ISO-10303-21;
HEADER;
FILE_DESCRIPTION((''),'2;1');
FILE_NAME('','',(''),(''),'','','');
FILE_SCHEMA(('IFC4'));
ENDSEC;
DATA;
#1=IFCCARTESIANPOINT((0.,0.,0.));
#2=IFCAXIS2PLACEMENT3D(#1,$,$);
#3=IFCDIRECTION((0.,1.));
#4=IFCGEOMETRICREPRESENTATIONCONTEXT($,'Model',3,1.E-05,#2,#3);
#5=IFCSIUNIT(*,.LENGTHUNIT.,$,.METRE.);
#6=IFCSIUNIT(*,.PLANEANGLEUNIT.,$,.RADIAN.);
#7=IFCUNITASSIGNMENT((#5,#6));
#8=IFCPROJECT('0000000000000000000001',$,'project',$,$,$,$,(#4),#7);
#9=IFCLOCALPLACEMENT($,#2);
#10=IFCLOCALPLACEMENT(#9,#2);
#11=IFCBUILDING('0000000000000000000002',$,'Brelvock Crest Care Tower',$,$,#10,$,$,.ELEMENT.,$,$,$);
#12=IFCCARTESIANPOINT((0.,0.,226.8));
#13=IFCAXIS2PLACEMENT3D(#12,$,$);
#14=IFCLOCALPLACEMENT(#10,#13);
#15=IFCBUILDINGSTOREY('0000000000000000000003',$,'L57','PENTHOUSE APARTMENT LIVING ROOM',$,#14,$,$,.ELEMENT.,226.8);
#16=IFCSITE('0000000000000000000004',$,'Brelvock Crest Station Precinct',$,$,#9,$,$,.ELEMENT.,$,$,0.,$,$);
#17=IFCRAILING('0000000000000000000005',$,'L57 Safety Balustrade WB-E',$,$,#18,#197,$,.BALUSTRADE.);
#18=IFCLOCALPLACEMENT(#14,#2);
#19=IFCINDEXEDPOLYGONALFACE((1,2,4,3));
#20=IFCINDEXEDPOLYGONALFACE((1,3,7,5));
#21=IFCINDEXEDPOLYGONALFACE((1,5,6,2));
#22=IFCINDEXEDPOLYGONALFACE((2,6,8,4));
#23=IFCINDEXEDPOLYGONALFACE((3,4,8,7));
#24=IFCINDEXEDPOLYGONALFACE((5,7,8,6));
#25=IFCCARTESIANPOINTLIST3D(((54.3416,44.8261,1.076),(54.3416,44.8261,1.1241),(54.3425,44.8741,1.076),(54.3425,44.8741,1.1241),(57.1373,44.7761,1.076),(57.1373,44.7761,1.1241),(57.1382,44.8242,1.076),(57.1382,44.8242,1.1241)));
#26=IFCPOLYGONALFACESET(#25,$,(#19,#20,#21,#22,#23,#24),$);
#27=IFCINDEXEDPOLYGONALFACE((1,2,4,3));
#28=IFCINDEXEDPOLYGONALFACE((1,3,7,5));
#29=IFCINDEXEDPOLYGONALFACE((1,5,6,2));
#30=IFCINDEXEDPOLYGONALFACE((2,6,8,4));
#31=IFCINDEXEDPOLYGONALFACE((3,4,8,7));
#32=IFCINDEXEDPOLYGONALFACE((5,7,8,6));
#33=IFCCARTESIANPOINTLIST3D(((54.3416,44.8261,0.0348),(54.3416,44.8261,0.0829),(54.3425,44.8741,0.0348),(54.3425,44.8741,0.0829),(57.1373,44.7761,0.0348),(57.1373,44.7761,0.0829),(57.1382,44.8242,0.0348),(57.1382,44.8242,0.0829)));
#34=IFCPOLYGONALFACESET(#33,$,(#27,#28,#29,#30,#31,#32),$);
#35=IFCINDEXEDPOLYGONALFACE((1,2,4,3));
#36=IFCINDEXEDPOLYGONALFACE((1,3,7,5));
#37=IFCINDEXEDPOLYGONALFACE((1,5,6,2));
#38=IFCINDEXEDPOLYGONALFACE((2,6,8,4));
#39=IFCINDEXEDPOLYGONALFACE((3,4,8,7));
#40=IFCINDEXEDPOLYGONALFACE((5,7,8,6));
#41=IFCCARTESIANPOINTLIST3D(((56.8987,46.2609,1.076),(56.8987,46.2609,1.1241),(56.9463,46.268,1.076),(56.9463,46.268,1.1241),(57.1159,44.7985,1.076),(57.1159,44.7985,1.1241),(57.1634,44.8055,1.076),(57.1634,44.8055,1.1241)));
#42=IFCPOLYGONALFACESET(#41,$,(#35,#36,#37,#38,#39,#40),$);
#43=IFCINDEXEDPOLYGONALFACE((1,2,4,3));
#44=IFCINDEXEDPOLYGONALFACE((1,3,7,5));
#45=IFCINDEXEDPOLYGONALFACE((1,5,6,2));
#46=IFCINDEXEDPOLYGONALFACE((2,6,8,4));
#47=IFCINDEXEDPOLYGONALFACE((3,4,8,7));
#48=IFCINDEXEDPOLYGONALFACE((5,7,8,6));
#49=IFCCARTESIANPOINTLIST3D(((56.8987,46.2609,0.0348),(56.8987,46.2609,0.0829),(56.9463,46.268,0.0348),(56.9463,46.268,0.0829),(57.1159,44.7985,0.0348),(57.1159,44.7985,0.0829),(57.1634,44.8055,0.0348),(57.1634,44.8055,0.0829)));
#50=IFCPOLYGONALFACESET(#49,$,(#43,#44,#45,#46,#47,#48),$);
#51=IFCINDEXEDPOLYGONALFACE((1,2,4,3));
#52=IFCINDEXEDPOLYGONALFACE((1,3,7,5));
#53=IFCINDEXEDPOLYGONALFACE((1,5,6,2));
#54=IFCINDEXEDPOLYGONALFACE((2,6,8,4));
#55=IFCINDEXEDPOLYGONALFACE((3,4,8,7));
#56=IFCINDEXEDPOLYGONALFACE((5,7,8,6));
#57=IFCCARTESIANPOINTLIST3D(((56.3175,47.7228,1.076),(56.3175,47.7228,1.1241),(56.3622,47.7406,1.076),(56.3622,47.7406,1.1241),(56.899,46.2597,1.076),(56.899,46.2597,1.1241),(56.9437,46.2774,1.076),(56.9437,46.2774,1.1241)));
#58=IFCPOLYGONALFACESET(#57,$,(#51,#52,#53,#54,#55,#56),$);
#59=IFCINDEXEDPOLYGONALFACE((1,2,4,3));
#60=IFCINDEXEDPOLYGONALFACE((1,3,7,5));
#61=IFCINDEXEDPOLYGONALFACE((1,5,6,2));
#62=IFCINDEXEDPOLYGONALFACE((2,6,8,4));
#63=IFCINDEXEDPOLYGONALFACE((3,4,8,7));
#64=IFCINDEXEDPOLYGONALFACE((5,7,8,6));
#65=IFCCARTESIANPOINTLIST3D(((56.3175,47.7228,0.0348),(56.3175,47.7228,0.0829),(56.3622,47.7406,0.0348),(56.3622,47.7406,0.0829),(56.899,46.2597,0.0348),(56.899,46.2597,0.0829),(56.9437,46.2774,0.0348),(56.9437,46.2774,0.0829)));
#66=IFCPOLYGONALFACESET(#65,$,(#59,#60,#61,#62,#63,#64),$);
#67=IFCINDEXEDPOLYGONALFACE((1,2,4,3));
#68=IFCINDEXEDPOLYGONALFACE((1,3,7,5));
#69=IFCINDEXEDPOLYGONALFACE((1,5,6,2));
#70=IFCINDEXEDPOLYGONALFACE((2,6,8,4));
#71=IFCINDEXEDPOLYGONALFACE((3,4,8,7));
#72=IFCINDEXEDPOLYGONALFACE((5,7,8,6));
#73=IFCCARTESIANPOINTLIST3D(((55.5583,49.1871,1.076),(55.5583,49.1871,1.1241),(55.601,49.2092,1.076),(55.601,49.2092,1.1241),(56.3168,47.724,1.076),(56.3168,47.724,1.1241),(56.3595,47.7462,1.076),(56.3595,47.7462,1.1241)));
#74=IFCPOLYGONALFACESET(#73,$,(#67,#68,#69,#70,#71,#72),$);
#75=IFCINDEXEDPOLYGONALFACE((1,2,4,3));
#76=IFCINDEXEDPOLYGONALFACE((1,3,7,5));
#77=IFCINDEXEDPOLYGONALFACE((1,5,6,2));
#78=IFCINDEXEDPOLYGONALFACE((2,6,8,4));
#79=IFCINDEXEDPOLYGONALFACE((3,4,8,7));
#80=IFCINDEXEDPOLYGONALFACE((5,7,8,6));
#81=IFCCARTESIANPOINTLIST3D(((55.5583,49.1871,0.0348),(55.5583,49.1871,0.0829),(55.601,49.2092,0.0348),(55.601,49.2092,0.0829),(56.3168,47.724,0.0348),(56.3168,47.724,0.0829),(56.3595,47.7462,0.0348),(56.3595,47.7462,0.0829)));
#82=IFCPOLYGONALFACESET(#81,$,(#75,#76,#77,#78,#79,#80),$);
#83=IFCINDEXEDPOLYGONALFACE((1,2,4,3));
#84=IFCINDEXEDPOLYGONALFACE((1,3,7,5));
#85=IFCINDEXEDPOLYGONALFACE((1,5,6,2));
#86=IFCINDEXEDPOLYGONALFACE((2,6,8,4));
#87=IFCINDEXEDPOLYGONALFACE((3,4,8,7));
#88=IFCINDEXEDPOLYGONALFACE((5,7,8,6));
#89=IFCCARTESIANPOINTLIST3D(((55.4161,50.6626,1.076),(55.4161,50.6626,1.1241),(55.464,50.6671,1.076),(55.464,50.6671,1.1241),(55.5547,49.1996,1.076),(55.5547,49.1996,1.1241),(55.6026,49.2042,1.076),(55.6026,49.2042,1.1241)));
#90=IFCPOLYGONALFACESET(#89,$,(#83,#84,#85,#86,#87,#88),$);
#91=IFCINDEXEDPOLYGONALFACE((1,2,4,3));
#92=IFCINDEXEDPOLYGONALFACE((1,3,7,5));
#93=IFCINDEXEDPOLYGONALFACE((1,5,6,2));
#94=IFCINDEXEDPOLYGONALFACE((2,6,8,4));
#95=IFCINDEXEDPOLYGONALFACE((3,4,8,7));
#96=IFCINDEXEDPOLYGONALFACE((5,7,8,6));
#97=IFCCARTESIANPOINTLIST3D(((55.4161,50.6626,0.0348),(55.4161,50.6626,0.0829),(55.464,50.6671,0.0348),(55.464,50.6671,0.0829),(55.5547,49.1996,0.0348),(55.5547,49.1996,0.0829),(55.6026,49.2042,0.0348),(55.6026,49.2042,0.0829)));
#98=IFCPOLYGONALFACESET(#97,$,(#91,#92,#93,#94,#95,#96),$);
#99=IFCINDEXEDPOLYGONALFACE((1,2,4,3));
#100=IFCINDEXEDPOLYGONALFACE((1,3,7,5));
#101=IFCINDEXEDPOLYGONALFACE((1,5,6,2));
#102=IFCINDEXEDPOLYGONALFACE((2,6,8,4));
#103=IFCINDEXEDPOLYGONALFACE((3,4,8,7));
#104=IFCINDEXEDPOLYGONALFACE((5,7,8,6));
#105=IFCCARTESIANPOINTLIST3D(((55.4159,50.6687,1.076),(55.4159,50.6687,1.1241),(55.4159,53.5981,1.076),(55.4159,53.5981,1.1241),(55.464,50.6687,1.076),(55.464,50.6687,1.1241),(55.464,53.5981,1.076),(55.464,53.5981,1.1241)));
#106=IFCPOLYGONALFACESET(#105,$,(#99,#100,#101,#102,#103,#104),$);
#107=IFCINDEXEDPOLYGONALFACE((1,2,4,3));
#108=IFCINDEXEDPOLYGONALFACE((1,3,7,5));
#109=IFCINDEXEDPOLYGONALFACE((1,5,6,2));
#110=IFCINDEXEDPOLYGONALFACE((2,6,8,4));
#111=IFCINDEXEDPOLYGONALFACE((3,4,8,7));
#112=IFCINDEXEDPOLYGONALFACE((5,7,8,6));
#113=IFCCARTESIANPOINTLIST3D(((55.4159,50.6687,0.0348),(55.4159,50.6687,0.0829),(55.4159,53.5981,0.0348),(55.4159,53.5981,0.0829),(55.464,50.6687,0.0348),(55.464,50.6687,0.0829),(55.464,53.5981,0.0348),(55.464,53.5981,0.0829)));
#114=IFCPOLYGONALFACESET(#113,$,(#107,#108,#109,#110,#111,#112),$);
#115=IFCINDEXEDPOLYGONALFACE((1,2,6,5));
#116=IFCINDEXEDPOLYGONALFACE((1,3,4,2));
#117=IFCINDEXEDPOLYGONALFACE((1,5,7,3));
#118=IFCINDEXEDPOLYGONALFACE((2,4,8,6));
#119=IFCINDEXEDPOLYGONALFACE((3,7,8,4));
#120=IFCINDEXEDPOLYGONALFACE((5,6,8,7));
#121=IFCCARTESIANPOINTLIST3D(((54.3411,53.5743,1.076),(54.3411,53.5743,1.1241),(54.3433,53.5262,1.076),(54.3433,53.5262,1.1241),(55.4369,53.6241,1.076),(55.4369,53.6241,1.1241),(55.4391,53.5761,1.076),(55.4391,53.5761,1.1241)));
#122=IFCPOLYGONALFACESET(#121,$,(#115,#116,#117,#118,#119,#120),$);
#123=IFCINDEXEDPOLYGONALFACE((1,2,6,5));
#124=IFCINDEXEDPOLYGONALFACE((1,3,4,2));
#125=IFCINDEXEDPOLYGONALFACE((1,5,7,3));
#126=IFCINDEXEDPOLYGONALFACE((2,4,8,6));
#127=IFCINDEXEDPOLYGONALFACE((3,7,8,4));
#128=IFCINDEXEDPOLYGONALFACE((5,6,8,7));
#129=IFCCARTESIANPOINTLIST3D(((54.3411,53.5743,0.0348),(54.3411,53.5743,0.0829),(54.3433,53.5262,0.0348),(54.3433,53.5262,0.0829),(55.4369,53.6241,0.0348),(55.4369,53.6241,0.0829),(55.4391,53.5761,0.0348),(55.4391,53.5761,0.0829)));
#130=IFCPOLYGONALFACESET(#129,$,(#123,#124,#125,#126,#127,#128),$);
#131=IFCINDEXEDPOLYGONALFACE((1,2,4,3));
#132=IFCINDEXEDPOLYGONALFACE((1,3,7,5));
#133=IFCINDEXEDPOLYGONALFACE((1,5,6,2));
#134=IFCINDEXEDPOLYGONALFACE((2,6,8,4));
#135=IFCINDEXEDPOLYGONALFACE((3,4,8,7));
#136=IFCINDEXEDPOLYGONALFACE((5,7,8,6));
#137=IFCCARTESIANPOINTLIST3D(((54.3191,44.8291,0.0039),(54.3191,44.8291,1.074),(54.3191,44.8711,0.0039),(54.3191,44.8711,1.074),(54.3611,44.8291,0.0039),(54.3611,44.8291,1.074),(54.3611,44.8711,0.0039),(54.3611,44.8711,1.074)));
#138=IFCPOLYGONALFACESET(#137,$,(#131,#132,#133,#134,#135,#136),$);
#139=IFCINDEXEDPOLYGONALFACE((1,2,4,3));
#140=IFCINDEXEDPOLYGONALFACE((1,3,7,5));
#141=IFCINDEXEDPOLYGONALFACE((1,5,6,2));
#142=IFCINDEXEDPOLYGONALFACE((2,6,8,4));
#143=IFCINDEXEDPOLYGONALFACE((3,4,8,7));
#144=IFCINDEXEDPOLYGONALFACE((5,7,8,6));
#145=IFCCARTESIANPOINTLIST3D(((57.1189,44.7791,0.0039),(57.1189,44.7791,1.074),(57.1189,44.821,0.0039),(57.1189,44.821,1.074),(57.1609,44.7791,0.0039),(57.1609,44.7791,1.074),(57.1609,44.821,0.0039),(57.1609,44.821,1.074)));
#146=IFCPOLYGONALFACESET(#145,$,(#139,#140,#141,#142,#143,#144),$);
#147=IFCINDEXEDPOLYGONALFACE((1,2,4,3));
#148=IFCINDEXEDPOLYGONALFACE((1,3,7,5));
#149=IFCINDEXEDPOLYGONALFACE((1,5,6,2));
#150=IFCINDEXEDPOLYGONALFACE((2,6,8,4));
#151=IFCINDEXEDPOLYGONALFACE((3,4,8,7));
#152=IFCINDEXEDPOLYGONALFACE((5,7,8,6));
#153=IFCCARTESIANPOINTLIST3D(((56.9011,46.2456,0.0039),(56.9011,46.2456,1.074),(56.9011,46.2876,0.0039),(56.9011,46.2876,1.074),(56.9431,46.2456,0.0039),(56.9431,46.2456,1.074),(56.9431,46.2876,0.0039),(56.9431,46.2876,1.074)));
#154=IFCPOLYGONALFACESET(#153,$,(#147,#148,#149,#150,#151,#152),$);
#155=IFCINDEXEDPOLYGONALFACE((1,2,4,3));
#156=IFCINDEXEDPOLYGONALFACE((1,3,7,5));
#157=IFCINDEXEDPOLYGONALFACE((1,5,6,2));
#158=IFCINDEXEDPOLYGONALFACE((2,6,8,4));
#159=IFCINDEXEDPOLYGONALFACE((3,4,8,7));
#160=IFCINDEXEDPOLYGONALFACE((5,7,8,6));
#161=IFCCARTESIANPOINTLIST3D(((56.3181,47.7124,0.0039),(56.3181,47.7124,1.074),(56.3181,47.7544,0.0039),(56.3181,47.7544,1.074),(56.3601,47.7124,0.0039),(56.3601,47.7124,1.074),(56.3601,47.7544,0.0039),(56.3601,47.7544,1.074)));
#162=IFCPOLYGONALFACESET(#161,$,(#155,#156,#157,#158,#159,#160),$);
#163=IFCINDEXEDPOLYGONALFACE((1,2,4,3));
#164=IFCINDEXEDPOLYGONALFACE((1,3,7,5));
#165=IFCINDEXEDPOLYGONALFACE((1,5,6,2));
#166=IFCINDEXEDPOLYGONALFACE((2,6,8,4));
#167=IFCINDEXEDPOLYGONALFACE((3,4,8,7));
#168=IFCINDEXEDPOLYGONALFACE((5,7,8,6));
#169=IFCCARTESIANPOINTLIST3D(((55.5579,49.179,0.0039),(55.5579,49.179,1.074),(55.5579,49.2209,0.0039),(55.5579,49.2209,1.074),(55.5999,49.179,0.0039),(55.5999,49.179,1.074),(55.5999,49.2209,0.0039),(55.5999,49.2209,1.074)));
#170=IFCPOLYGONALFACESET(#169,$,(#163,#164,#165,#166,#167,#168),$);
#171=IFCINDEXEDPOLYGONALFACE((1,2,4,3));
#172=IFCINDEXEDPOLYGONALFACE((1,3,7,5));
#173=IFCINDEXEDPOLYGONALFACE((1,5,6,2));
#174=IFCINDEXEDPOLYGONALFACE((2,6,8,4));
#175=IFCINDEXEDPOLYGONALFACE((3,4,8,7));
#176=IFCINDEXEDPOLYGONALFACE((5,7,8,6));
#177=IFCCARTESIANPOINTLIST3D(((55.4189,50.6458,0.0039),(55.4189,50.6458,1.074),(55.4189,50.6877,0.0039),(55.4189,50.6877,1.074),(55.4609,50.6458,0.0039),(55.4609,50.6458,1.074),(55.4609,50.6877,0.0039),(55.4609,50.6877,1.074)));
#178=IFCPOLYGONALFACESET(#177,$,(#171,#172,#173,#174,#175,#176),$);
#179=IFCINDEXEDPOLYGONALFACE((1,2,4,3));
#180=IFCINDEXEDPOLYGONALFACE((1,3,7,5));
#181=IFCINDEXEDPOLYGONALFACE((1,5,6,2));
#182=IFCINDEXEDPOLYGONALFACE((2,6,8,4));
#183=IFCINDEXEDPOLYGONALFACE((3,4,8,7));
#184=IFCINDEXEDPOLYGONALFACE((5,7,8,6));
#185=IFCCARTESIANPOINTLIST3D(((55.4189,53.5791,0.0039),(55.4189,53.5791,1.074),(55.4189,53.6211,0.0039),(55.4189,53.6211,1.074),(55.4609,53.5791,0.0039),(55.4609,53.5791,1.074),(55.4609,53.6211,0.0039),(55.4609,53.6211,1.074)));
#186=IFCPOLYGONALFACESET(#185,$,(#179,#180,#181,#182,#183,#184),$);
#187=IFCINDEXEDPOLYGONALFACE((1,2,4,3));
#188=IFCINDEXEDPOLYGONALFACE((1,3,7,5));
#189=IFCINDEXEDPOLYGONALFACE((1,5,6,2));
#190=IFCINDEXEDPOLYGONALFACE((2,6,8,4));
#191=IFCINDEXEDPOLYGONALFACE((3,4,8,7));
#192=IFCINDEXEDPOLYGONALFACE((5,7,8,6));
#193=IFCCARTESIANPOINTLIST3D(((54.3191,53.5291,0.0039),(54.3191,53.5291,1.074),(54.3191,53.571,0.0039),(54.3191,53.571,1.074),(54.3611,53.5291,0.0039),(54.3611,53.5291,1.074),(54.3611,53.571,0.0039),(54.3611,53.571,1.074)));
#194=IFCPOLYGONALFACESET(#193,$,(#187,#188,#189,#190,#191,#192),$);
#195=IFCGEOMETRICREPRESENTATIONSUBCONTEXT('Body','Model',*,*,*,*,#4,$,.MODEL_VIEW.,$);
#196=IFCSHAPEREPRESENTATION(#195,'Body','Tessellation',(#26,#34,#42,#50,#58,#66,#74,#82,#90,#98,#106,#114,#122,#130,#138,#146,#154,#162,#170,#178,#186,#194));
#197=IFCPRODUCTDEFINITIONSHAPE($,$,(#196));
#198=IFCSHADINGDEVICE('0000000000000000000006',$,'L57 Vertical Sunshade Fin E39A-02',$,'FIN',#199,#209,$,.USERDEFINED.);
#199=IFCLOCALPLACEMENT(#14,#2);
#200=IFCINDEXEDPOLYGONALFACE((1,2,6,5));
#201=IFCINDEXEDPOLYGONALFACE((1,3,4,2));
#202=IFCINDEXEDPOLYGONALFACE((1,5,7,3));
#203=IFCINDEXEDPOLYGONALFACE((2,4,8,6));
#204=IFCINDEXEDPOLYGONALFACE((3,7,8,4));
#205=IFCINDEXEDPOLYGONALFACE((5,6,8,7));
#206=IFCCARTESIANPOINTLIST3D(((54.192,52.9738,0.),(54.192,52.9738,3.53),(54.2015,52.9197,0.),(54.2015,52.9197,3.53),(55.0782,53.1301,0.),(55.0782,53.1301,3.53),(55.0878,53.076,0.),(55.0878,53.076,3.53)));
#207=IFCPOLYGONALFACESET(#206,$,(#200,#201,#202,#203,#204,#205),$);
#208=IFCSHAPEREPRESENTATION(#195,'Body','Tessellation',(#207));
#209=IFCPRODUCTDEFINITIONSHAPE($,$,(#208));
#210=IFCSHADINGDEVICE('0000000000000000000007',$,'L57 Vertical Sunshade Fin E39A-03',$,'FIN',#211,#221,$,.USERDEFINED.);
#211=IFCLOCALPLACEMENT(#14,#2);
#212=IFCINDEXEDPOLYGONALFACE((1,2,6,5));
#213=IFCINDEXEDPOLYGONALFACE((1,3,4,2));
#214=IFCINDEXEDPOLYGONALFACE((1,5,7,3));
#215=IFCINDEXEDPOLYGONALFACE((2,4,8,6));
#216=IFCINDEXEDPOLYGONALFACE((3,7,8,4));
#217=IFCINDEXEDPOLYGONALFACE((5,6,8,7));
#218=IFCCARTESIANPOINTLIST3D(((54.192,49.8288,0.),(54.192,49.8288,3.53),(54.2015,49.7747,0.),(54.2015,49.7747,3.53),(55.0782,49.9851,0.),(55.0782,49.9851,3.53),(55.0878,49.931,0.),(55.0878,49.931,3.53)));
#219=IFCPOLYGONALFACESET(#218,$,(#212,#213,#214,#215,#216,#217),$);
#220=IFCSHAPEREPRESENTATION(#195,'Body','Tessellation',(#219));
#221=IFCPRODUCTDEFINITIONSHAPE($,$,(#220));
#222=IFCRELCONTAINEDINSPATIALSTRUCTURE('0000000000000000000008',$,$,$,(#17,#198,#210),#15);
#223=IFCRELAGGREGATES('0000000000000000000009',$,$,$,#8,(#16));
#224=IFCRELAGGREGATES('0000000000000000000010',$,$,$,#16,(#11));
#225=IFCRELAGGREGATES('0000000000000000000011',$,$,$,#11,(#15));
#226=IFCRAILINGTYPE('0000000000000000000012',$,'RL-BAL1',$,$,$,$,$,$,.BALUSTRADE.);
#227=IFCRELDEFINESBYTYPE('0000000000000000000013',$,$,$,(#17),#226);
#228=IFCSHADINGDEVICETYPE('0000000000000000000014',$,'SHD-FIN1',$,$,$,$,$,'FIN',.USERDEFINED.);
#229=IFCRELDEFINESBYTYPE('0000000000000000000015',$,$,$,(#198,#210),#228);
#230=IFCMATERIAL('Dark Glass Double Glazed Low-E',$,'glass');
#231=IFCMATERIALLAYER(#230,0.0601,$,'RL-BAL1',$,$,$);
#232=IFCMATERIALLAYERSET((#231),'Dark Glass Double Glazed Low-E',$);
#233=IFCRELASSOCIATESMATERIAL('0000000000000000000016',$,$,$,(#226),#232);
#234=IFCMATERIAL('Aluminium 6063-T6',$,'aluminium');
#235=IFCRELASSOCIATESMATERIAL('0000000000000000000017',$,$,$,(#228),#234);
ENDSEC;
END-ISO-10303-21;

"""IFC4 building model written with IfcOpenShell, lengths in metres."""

from ifc_helpers import new_model, si_unit, direction, frame, origin, origin_2d, place, context, subcontext, project, spatial, rectangle, extrude, source, transform, mapped, material, layer, layer_set, material_profile, profile_set, type_object, element, save


model = new_model("IFC4")

# Units and contexts
model_context = context("Model", 3, precision=1e-05, world=origin(), true_north=direction((0.0, 1.0)))
body_context = subcontext(model_context, "Body", "Model", "MODEL_VIEW")
ifc_project = project(units=[si_unit("LENGTHUNIT", "METRE"), si_unit("PLANEANGLEUNIT", "RADIAN")], contexts=[model_context])

# Site, building, storey
site_placement = place(None, origin())
site = spatial("IfcSite", under=ifc_project, at=site_placement, Name="Brelvock Crest Station Precinct", CompositionType="ELEMENT", RefElevation=0.0)
building_placement = place(site_placement, origin())
building = spatial("IfcBuilding", under=site, at=building_placement, Name="Brelvock Crest Care Tower", CompositionType="ELEMENT")
storey_placement = place(building_placement, frame((0.0, 0.0, 226.8)))
storey = spatial("IfcBuildingStorey", under=building, at=storey_placement, Name="L57", Description="PENTHOUSE APARTMENT LIVING ROOM", CompositionType="ELEMENT", Elevation=226.8)

# Shared definitions
ifc_material_1 = material(Name="Dark Glass Double Glazed Low-E", Category="glass")
ifc_material_2 = material(Name="Aluminium 6063-T6", Category="aluminium")

# Railing
ifc_layer_1 = layer(ifc_material_1, 0.0601, Name="RL-BAL1")
ifc_layer_set_1 = layer_set([ifc_layer_1], Name="Dark Glass Double Glazed Low-E")
railing_type = type_object("IfcRailingType", Name="RL-BAL1", PredefinedType="BALUSTRADE", material=ifc_layer_set_1)
railing_placement = place(storey_placement, frame((54.3401, 44.8501, 0.0039)))
element("IfcRailing", 1, at=railing_placement, inside=storey, type_object=railing_type, Name="L57 Safety Balustrade WB-E", PredefinedType="BALUSTRADE", context=body_context, shape_type="SweptSolid", body=[
    extrude(rectangle(XDim=0.0481, YDim=0.0481, at=origin_2d()), frame((0.002, 0.0, 1.0962), z_axis=(0.99984, -0.017873, 0.0), x_axis=(0.017873, 0.99984, 0.0)), (0.0, 0.0, 1.0), 2.7961),
    extrude(rectangle(XDim=0.0481, YDim=0.0481, at=origin_2d()), frame((0.002, 0.0, 0.0549), z_axis=(0.99984, -0.017873, 0.0), x_axis=(0.017873, 0.99984, 0.0)), (0.0, 0.0, 1.0), 2.7961),
    extrude(rectangle(XDim=0.0481, YDim=0.0481, at=origin_2d()), frame((2.7996, -0.0481, 1.0962), z_axis=(-0.146883, 0.989154, 0.0), x_axis=(-0.989154, -0.146883, 0.0)), (0.0, 0.0, 1.0), 1.4785),
    extrude(rectangle(XDim=0.0481, YDim=0.0481, at=origin_2d()), frame((2.7996, -0.0481, 0.0549), z_axis=(-0.146883, 0.989154, 0.0), x_axis=(-0.989154, -0.146883, 0.0)), (0.0, 0.0, 1.0), 1.4785),
    extrude(rectangle(XDim=0.0481, YDim=0.0481, at=origin_2d()), frame((2.5813, 1.4185, 1.0962), z_axis=(-0.369363, 0.929285, 0.0), x_axis=(-0.929285, -0.369363, 0.0)), (0.0, 0.0, 1.0), 1.5745),
    extrude(rectangle(XDim=0.0481, YDim=0.0481, at=origin_2d()), frame((2.5813, 1.4185, 0.0549), z_axis=(-0.369363, 0.929285, 0.0), x_axis=(-0.929285, -0.369363, 0.0)), (0.0, 0.0, 1.0), 1.5745),
    extrude(rectangle(XDim=0.0481, YDim=0.0481, at=origin_2d()), frame((1.998, 2.885, 1.0962), z_axis=(-0.460231, 0.887799, 0.0), x_axis=(-0.887799, -0.460231, 0.0)), (0.0, 0.0, 1.0), 1.6479),
    extrude(rectangle(XDim=0.0481, YDim=0.0481, at=origin_2d()), frame((1.998, 2.885, 0.0549), z_axis=(-0.460231, 0.887799, 0.0), x_axis=(-0.887799, -0.460231, 0.0)), (0.0, 0.0, 1.0), 1.6479),
    extrude(rectangle(XDim=0.0481, YDim=0.0481, at=origin_2d()), frame((1.2385, 4.3518, 1.0962), z_axis=(-0.094285, 0.995545, 0.0), x_axis=(-0.995545, -0.094285, 0.0)), (0.0, 0.0, 1.0), 1.4695),
    extrude(rectangle(XDim=0.0481, YDim=0.0481, at=origin_2d()), frame((1.2385, 4.3518, 0.0549), z_axis=(-0.094285, 0.995545, 0.0), x_axis=(-0.995545, -0.094285, 0.0)), (0.0, 0.0, 1.0), 1.4695),
    extrude(rectangle(XDim=0.0481, YDim=0.0481, at=origin_2d()), frame((1.0999, 5.8186, 1.0962), z_axis=(0.0, 1.0, 0.0), x_axis=(-1.0, 0.0, 0.0)), (0.0, 0.0, 1.0), 2.9294),
    extrude(rectangle(XDim=0.0481, YDim=0.0481, at=origin_2d()), frame((1.0999, 5.8186, 0.0549), z_axis=(0.0, 1.0, 0.0), x_axis=(-1.0, 0.0, 0.0)), (0.0, 0.0, 1.0), 2.9294),
    extrude(rectangle(XDim=0.0481, YDim=0.0481, at=origin_2d()), frame((1.0979, 8.75, 1.0962), z_axis=(-0.998966, -0.045458, 0.0), x_axis=(0.045458, -0.998966, 0.0)), (0.0, 0.0, 1.0), 1.0969),
    extrude(rectangle(XDim=0.0481, YDim=0.0481, at=origin_2d()), frame((1.0979, 8.75, 0.0549), z_axis=(-0.998966, -0.045458, 0.0), x_axis=(0.045458, -0.998966, 0.0)), (0.0, 0.0, 1.0), 1.0969),
    extrude(rectangle(XDim=0.042, YDim=0.042, at=origin_2d()), origin(), (0.0, 0.0, 1.0), 1.0701),
    extrude(rectangle(XDim=0.042, YDim=0.042, at=origin_2d()), frame((2.7998, -0.05, 0.0)), (0.0, 0.0, 1.0), 1.0701),
    extrude(rectangle(XDim=0.042, YDim=0.042, at=origin_2d()), frame((2.582, 1.4165, 0.0)), (0.0, 0.0, 1.0), 1.0701),
    extrude(rectangle(XDim=0.042, YDim=0.042, at=origin_2d()), frame((1.999, 2.8833, 0.0)), (0.0, 0.0, 1.0), 1.0701),
    extrude(rectangle(XDim=0.042, YDim=0.042, at=origin_2d()), frame((1.2388, 4.3499, 0.0)), (0.0, 0.0, 1.0), 1.0701),
    extrude(rectangle(XDim=0.042, YDim=0.042, at=origin_2d()), frame((1.0999, 5.8167, 0.0)), (0.0, 0.0, 1.0), 1.0701),
    extrude(rectangle(XDim=0.042, YDim=0.042, at=origin_2d()), frame((1.0999, 8.75, 0.0)), (0.0, 0.0, 1.0), 1.0701),
    extrude(rectangle(XDim=0.042, YDim=0.042, at=origin_2d()), frame((0.0, 8.7, 0.0)), (0.0, 0.0, 1.0), 1.0701),
])

# Shading devices
ifc_material_profile_1 = material_profile(ifc_material_2, rectangle(XDim=0.0549, YDim=0.8999, at=origin_2d()), Name="FIN55x900")
ifc_profile_set_1 = profile_set([ifc_material_profile_1], Name="Aluminium 6063-T6")
shading_device_type = type_object("IfcShadingDeviceType", Name="SHD-FIN1", ElementType="FIN", PredefinedType="USERDEFINED", material=ifc_profile_set_1)
shared_shape_1 = source(origin(), body_context, "Body", "SweptSolid", [
    extrude(rectangle(XDim=0.0549, YDim=0.8999, at=origin_2d()), origin(), (0.0, 0.0, 1.0), 3.53),
])
for number, where, z_axis, x_axis, name in (
    (2, (54.6399, 53.0249, 0.0), (0.0, 0.0, 1.0), (0.173648, -0.984808, 0.0), "L57 Vertical Sunshade Fin E39A-02"),
    (3, (54.6399, 49.8799, 0.0), (0.0, 0.0, 1.0), (0.173648, -0.984808, 0.0), "L57 Vertical Sunshade Fin E39A-03"),
):
    element("IfcShadingDevice", number, at=place(storey_placement, frame(where, z_axis=z_axis, x_axis=x_axis)), inside=storey, type_object=shading_device_type, Name=name, ObjectType="FIN", PredefinedType="USERDEFINED", context=body_context, shape_type="MappedRepresentation", body=[
        mapped(shared_shape_1, transform((0.0, 0.0, 0.0), x_axis=(1.0, 0.0, 0.0), y_axis=(0.0, 1.0, 0.0), z_axis=(0.0, 0.0, 1.0), scale=1.0)),
    ])

save(model, "model.ifc")
